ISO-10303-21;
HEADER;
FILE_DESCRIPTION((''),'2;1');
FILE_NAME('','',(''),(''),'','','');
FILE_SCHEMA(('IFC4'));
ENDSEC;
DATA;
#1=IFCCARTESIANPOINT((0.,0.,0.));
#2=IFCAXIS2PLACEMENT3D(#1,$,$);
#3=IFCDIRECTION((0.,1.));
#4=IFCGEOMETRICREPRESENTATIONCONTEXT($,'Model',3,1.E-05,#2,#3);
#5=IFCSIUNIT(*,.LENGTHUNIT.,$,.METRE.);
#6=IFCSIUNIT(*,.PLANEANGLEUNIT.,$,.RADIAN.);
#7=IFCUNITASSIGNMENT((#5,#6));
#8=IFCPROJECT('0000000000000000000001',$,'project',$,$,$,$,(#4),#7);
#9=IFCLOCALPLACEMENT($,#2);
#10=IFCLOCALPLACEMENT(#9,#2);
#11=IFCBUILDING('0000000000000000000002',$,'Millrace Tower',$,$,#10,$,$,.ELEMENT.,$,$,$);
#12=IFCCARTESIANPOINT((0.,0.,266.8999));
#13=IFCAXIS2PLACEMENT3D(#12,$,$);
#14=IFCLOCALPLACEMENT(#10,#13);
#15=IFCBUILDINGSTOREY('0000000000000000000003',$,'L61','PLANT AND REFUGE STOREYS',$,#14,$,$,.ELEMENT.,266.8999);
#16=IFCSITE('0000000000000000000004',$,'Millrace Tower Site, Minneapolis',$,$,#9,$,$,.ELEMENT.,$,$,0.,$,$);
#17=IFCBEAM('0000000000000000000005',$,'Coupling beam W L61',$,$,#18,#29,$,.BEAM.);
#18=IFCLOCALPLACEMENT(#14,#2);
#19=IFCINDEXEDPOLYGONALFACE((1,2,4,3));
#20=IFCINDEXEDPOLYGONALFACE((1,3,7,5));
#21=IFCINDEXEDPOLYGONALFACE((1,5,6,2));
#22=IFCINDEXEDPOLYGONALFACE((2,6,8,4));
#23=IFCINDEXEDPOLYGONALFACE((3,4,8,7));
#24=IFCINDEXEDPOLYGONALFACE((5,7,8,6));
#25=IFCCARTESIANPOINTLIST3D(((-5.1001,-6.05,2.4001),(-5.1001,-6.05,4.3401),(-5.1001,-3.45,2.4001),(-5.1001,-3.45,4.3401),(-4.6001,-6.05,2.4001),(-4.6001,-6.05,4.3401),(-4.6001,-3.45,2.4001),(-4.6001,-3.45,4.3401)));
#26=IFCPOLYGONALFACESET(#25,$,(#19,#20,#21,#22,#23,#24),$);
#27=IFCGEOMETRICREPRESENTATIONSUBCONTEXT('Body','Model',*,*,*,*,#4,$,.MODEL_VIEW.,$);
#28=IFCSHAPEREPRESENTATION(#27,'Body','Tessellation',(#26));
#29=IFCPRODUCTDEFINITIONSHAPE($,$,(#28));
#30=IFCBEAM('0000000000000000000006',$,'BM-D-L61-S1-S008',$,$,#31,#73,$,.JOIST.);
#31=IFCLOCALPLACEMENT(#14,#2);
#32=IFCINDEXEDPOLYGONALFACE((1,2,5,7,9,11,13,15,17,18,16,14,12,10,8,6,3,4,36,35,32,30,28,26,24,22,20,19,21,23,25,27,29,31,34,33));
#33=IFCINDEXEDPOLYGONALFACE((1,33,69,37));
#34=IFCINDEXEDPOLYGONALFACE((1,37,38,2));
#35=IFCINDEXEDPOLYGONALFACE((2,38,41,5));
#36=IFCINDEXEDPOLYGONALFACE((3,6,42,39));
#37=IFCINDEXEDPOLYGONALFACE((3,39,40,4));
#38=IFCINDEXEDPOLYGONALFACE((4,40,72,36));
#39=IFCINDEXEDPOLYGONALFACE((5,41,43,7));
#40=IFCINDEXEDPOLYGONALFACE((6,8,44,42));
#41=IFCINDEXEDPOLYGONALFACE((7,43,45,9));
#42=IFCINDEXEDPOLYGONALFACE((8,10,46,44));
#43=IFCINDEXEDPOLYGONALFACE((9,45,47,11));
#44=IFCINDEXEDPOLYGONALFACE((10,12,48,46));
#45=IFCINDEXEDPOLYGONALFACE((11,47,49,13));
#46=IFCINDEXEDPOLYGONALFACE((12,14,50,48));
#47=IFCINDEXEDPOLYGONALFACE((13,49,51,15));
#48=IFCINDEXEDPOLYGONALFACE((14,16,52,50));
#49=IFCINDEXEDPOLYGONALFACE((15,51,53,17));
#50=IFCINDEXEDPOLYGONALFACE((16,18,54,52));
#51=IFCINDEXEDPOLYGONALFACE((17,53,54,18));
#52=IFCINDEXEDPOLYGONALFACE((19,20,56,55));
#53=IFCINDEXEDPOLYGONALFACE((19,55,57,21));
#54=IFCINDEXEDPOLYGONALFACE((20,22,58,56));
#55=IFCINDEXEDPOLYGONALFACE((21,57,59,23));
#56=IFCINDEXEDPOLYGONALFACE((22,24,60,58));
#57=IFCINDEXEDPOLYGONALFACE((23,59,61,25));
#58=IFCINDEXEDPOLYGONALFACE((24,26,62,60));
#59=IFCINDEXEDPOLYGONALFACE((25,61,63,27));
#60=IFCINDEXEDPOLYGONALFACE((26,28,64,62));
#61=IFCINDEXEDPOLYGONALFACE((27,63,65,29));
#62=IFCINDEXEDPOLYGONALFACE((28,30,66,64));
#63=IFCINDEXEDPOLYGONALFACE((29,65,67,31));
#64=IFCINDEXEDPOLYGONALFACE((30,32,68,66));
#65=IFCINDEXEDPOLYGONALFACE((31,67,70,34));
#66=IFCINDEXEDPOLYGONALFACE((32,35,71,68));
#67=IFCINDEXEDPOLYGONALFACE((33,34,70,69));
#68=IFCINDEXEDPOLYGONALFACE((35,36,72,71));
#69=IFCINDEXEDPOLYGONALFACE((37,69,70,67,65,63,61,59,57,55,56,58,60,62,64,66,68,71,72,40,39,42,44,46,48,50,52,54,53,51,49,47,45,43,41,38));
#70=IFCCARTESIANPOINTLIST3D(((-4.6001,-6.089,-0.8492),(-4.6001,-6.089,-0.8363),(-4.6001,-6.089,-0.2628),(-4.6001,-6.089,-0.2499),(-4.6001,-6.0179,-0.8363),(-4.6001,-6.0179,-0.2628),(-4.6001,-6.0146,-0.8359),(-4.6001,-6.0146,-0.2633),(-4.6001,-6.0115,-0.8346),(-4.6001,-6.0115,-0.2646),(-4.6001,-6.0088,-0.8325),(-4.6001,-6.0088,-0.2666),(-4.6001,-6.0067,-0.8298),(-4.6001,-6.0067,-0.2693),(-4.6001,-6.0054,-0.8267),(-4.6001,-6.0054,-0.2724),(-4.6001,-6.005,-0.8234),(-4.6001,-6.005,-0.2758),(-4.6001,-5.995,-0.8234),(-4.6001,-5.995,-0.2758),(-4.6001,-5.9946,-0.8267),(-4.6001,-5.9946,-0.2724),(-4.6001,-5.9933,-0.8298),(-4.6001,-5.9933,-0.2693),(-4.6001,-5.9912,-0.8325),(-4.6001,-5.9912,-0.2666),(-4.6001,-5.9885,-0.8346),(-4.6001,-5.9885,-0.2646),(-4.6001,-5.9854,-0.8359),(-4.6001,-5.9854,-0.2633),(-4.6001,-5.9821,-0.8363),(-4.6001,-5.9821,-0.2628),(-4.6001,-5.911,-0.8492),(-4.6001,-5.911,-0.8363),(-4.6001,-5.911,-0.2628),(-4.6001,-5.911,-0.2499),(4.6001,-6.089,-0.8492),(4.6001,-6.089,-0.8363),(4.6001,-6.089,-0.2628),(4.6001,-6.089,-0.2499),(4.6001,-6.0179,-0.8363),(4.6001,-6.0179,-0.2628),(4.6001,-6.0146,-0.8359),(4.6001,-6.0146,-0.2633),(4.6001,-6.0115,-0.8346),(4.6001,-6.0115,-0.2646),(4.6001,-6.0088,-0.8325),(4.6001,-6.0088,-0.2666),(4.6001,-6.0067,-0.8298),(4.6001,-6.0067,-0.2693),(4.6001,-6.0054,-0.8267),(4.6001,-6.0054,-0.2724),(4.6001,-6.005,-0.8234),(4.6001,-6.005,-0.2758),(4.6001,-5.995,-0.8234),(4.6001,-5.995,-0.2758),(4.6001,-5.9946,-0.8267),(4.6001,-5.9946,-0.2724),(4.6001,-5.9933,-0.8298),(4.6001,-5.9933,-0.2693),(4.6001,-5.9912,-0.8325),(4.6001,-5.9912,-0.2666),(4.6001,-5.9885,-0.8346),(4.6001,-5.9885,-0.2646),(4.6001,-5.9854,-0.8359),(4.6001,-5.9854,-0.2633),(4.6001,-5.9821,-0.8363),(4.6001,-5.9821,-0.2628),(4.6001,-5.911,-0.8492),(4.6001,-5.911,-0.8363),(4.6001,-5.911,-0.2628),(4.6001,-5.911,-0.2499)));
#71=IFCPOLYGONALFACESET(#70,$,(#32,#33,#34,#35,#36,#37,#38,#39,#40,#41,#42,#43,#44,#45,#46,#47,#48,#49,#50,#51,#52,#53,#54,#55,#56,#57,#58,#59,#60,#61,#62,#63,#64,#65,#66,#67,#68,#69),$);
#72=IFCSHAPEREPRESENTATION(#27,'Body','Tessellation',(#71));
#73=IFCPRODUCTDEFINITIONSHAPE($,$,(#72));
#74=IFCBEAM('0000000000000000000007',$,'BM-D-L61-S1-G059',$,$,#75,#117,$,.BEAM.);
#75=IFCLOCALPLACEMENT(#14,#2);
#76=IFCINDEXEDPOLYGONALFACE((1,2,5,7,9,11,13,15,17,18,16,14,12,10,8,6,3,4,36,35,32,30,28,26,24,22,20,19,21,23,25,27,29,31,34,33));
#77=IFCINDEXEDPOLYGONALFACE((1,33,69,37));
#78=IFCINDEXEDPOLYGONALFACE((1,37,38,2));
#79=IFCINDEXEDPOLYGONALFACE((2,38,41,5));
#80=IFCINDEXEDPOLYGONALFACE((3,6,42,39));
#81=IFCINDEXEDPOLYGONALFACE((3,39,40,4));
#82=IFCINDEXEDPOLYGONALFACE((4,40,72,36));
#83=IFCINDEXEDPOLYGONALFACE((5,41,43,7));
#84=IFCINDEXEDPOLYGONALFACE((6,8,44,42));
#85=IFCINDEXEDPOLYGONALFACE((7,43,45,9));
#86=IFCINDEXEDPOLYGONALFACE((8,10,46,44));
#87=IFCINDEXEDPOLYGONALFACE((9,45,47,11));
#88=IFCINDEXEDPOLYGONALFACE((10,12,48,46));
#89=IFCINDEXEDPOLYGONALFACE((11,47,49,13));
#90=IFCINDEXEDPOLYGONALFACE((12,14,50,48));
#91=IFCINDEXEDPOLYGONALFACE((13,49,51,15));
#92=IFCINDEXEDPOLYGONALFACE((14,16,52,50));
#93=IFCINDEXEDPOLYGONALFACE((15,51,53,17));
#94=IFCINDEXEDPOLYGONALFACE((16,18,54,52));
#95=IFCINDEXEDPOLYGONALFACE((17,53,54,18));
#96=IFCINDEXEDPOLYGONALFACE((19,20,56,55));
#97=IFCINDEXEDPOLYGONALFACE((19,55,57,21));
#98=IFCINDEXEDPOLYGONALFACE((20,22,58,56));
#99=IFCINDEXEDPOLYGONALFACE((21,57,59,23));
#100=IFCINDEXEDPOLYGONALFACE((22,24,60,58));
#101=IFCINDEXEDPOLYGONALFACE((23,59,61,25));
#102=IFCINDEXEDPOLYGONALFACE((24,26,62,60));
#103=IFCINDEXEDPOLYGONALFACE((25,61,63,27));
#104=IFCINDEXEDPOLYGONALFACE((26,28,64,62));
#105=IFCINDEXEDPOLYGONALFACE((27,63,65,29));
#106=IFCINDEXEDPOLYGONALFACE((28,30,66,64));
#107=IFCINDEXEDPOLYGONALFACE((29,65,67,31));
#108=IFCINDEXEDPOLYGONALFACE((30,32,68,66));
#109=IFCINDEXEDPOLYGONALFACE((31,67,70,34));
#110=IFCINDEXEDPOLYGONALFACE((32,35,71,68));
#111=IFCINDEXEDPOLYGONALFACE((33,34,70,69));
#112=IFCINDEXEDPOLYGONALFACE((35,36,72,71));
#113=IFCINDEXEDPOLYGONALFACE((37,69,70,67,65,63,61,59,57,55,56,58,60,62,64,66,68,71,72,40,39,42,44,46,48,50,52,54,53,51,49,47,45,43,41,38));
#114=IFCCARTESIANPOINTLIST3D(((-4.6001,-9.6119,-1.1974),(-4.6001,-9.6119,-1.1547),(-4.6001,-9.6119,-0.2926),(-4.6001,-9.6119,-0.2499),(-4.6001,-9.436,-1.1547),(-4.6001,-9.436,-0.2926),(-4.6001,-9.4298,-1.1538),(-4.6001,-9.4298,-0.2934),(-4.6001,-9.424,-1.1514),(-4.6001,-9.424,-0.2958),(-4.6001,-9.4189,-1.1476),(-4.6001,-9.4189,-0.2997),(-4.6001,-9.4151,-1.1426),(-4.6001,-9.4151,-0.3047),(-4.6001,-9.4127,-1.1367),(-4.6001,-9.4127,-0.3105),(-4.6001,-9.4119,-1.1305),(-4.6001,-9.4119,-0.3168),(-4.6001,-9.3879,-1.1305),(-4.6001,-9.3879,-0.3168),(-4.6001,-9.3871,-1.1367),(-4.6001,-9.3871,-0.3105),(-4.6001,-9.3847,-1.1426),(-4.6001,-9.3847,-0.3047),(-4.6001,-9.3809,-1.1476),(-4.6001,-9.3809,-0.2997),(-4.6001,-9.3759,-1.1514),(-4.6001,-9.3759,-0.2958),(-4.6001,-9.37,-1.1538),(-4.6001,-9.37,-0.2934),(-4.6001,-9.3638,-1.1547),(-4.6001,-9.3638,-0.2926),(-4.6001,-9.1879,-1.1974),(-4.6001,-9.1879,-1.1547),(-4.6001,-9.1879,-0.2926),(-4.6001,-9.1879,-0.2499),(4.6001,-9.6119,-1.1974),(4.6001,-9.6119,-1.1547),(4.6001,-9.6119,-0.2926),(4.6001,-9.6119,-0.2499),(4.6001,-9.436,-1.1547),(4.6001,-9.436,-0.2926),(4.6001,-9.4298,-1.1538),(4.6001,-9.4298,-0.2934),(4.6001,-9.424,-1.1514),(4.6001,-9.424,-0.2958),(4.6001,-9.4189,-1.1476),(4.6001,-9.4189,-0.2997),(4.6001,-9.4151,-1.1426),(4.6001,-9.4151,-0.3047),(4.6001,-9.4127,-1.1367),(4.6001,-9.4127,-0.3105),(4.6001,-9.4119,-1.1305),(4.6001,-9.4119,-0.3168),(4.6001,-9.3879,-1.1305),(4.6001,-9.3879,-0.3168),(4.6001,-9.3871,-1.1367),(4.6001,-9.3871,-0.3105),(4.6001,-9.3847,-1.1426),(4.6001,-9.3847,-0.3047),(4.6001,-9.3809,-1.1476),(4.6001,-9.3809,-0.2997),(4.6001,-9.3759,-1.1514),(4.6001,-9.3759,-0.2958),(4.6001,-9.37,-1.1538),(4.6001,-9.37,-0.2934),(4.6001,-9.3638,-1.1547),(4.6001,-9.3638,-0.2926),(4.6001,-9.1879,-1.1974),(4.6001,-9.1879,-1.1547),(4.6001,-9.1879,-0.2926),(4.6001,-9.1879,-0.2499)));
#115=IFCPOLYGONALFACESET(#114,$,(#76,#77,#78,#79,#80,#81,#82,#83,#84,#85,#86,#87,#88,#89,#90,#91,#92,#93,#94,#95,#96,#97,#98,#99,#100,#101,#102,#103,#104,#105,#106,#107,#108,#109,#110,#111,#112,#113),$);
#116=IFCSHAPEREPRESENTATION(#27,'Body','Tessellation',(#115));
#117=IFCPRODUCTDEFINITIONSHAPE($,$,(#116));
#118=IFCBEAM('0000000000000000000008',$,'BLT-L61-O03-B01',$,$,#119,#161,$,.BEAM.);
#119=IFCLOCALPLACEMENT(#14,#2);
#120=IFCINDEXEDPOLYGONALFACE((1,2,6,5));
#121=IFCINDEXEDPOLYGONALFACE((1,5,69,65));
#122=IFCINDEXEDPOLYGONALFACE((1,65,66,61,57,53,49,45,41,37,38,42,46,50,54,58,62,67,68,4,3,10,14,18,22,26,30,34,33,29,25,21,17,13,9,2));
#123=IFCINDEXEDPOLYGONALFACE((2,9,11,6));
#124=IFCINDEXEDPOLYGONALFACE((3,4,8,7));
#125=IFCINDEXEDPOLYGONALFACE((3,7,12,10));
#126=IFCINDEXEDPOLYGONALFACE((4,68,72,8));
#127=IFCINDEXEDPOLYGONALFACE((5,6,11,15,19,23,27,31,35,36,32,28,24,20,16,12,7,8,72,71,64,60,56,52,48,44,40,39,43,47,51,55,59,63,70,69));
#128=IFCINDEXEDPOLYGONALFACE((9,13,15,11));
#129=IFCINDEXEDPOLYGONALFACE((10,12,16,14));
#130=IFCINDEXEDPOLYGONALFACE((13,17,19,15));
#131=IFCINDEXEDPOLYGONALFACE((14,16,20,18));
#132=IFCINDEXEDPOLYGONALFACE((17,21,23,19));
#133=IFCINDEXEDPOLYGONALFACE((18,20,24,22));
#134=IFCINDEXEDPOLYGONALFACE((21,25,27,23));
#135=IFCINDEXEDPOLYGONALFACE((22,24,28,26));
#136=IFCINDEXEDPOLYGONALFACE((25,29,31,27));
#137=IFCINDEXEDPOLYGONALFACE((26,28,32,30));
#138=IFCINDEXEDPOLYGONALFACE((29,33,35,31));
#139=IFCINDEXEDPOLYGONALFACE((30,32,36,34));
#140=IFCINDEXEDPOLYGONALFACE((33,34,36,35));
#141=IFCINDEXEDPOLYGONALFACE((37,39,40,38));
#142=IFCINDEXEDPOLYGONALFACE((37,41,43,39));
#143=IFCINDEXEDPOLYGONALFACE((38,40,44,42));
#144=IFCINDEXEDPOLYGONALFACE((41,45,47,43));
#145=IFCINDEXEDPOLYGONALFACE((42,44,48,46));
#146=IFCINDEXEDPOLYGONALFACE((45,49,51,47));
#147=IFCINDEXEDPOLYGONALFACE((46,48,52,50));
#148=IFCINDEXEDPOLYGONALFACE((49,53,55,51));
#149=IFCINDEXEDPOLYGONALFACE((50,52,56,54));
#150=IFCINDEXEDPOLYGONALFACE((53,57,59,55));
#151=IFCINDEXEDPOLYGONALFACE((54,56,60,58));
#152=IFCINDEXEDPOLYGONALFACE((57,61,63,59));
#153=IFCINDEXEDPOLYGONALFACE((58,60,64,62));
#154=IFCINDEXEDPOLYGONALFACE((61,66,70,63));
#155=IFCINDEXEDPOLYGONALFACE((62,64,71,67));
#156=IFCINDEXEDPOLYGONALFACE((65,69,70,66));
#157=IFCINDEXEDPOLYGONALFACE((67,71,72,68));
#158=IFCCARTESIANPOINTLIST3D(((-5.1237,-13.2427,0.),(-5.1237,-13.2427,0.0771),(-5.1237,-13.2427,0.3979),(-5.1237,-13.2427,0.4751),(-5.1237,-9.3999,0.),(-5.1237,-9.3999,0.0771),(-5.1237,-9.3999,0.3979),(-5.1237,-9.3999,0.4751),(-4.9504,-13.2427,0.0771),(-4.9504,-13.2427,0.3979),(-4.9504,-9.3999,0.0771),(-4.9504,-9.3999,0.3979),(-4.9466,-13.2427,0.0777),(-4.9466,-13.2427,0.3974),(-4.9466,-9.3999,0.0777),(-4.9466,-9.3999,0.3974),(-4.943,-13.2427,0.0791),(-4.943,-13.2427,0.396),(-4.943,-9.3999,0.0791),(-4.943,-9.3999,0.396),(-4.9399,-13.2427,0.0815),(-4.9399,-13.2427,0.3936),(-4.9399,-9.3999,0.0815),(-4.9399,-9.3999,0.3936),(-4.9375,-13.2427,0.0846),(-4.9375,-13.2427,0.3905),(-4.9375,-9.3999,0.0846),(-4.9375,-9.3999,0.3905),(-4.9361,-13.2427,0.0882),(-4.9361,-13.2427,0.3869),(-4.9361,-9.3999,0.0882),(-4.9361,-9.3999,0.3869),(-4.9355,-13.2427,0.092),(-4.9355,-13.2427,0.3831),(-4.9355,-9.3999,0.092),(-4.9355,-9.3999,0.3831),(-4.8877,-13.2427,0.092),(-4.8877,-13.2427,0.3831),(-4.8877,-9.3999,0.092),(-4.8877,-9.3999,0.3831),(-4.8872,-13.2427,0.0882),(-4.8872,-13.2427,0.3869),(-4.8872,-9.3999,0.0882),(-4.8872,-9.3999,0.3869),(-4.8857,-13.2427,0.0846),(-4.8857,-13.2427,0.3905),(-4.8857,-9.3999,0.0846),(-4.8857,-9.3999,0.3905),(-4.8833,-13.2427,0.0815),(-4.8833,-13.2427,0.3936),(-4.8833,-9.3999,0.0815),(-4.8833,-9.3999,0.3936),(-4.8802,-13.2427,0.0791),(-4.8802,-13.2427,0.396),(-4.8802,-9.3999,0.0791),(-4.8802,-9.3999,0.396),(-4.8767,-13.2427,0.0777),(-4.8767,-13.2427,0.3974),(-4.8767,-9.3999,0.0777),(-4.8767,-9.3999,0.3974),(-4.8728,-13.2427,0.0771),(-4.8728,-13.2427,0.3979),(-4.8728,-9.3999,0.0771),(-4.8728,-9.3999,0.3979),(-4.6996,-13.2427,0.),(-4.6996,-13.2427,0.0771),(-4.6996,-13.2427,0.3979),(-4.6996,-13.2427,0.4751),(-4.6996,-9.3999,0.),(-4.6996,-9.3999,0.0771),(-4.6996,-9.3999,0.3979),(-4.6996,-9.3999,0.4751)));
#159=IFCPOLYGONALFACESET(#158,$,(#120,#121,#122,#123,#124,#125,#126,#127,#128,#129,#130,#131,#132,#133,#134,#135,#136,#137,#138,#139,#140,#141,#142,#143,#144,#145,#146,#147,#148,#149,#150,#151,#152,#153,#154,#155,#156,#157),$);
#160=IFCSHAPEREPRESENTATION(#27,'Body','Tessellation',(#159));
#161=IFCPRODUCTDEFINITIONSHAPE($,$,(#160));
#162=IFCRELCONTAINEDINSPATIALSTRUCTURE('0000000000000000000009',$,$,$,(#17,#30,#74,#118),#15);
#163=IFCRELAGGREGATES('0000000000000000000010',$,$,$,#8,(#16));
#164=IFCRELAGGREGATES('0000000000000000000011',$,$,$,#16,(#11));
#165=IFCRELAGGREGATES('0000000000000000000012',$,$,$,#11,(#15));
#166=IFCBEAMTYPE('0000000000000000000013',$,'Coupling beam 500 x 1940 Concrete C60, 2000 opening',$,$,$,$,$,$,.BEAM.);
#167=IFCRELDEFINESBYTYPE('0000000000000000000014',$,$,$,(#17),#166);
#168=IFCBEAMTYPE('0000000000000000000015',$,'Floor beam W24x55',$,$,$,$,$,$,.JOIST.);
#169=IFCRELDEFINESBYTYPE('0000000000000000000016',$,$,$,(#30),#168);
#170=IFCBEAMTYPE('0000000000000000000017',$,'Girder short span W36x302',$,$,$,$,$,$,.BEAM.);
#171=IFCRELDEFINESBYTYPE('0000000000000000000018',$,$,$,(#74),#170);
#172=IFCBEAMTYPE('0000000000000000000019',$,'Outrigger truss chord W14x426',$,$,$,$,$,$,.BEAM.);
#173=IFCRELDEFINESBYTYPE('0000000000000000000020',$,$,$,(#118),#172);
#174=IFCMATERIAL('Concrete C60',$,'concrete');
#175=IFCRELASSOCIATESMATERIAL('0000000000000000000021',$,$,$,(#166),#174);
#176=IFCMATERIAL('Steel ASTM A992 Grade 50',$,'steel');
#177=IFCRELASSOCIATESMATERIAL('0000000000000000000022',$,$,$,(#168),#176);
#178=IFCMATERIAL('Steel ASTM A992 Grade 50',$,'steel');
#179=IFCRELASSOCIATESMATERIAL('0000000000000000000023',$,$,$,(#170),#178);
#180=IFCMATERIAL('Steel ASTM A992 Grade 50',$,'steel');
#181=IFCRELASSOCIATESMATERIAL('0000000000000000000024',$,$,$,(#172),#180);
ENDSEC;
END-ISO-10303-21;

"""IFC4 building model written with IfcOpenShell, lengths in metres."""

from ifc_helpers import new_model, si_unit, direction, frame, origin, origin_2d, place, context, subcontext, project, spatial, rectangle, i_section, extrude, material, material_profile, profile_set, type_object, element, save


model = new_model("IFC4")

# Units and contexts
model_context = context("Model", 3, precision=1e-05, world=origin(), true_north=direction((0.0, 1.0)))
body_context = subcontext(model_context, "Body", "Model", "MODEL_VIEW")
ifc_project = project(units=[si_unit("LENGTHUNIT", "METRE"), si_unit("PLANEANGLEUNIT", "RADIAN")], contexts=[model_context])

# Site, building, storey
site_placement = place(None, origin())
site = spatial("IfcSite", under=ifc_project, at=site_placement, Name="Millrace Tower Site, Minneapolis", CompositionType="ELEMENT", RefElevation=0.0)
building_placement = place(site_placement, origin())
building = spatial("IfcBuilding", under=site, at=building_placement, Name="Millrace Tower", CompositionType="ELEMENT")
storey_placement = place(building_placement, frame((0.0, 0.0, 266.8999)))
storey = spatial("IfcBuildingStorey", under=building, at=storey_placement, Name="L61", Description="PLANT AND REFUGE STOREYS", CompositionType="ELEMENT", Elevation=266.8999)

# Beams
ifc_material_1 = material(Name="Concrete C60", Category="concrete")
ifc_material_profile_1 = material_profile(ifc_material_1, rectangle(XDim=0.5, YDim=1.9399, at=origin_2d()))
ifc_profile_set_1 = profile_set([ifc_material_profile_1], Name="Concrete C60")
beam_type_1 = type_object("IfcBeamType", Name="Coupling beam 500 x 1940 Concrete C60, 2000 opening", PredefinedType="BEAM", material=ifc_profile_set_1)
beam_1_placement = place(storey_placement, frame((-4.8501, -6.05, 3.3701), z_axis=(0.0, 1.0, 0.0), x_axis=(-1.0, 0.0, 0.0)))
element("IfcBeam", 1, at=beam_1_placement, inside=storey, type_object=beam_type_1, Name="Coupling beam W L61", PredefinedType="BEAM", context=body_context, shape_type="SweptSolid", body=[
    extrude(rectangle(XDim=0.5, YDim=1.9399, at=origin_2d()), origin(), (0.0, 0.0, 1.0), 2.6001),
])
ifc_material_2 = material(Name="Steel ASTM A992 Grade 50", Category="steel")
ifc_material_profile_2 = material_profile(ifc_material_2, i_section(OverallWidth=0.178, OverallDepth=0.5994, WebThickness=0.01, FlangeThickness=0.0129, FilletRadius=0.0129, at=origin_2d()))
ifc_profile_set_2 = profile_set([ifc_material_profile_2], Name="Steel ASTM A992 Grade 50")
beam_type_2 = type_object("IfcBeamType", Name="Floor beam W24x55", PredefinedType="JOIST", material=ifc_profile_set_2)
beam_2_placement = place(storey_placement, frame((-4.6001, -6.0, -0.5496), z_axis=(1.0, 0.0, 0.0), x_axis=(0.0, 1.0, 0.0)))
element("IfcBeam", 2, at=beam_2_placement, inside=storey, type_object=beam_type_2, Name="BM-D-L61-S1-S008", PredefinedType="JOIST", context=body_context, shape_type="SweptSolid", body=[
    extrude(i_section(OverallWidth=0.178, OverallDepth=0.5994, WebThickness=0.01, FlangeThickness=0.0129, FilletRadius=0.0129, at=origin_2d()), origin(), (0.0, 0.0, 1.0), 9.2002),
])
ifc_material_3 = material(Name="Steel ASTM A992 Grade 50", Category="steel")
ifc_material_profile_3 = material_profile(ifc_material_3, i_section(OverallWidth=0.4241, OverallDepth=0.9475, WebThickness=0.0239, FlangeThickness=0.0427, FilletRadius=0.0242, at=origin_2d()))
ifc_profile_set_3 = profile_set([ifc_material_profile_3], Name="Steel ASTM A992 Grade 50")
beam_type_3 = type_object("IfcBeamType", Name="Girder short span W36x302", PredefinedType="BEAM", material=ifc_profile_set_3)
beam_3_placement = place(storey_placement, frame((-4.6001, -9.3999, -0.7236), z_axis=(1.0, 0.0, 0.0), x_axis=(0.0, 1.0, 0.0)))
element("IfcBeam", 3, at=beam_3_placement, inside=storey, type_object=beam_type_3, Name="BM-D-L61-S1-G059", PredefinedType="BEAM", context=body_context, shape_type="SweptSolid", body=[
    extrude(i_section(OverallWidth=0.4241, OverallDepth=0.9475, WebThickness=0.0239, FlangeThickness=0.0427, FilletRadius=0.0242, at=origin_2d()), origin(), (0.0, 0.0, 1.0), 9.2002),
])
ifc_material_4 = material(Name="Steel ASTM A992 Grade 50", Category="steel")
ifc_material_profile_4 = material_profile(ifc_material_4, i_section(OverallWidth=0.4241, OverallDepth=0.4751, WebThickness=0.0479, FlangeThickness=0.0771, FilletRadius=0.0149, at=origin_2d()))
ifc_profile_set_4 = profile_set([ifc_material_profile_4], Name="Steel ASTM A992 Grade 50")
beam_type_4 = type_object("IfcBeamType", Name="Outrigger truss chord W14x426", PredefinedType="BEAM", material=ifc_profile_set_4)
for number, where, z_axis, x_axis, name in (
    (4, (-4.9116, -9.3999, 0.2375), (0.0, -1.0, 0.0), (1.0, 0.0, 0.0), "BLT-L61-O03-B01"),
):
    element("IfcBeam", number, at=place(storey_placement, frame(where, z_axis=z_axis, x_axis=x_axis)), inside=storey, type_object=beam_type_4, Name=name, PredefinedType="BEAM", context=body_context, shape_type="SweptSolid", body=[
        extrude(i_section(OverallWidth=0.4241, OverallDepth=0.4751, WebThickness=0.0479, FlangeThickness=0.0771, FilletRadius=0.0149, at=origin_2d()), origin(), (0.0, 0.0, 1.0), 3.8428),
    ])

save(model, "model.ifc")
